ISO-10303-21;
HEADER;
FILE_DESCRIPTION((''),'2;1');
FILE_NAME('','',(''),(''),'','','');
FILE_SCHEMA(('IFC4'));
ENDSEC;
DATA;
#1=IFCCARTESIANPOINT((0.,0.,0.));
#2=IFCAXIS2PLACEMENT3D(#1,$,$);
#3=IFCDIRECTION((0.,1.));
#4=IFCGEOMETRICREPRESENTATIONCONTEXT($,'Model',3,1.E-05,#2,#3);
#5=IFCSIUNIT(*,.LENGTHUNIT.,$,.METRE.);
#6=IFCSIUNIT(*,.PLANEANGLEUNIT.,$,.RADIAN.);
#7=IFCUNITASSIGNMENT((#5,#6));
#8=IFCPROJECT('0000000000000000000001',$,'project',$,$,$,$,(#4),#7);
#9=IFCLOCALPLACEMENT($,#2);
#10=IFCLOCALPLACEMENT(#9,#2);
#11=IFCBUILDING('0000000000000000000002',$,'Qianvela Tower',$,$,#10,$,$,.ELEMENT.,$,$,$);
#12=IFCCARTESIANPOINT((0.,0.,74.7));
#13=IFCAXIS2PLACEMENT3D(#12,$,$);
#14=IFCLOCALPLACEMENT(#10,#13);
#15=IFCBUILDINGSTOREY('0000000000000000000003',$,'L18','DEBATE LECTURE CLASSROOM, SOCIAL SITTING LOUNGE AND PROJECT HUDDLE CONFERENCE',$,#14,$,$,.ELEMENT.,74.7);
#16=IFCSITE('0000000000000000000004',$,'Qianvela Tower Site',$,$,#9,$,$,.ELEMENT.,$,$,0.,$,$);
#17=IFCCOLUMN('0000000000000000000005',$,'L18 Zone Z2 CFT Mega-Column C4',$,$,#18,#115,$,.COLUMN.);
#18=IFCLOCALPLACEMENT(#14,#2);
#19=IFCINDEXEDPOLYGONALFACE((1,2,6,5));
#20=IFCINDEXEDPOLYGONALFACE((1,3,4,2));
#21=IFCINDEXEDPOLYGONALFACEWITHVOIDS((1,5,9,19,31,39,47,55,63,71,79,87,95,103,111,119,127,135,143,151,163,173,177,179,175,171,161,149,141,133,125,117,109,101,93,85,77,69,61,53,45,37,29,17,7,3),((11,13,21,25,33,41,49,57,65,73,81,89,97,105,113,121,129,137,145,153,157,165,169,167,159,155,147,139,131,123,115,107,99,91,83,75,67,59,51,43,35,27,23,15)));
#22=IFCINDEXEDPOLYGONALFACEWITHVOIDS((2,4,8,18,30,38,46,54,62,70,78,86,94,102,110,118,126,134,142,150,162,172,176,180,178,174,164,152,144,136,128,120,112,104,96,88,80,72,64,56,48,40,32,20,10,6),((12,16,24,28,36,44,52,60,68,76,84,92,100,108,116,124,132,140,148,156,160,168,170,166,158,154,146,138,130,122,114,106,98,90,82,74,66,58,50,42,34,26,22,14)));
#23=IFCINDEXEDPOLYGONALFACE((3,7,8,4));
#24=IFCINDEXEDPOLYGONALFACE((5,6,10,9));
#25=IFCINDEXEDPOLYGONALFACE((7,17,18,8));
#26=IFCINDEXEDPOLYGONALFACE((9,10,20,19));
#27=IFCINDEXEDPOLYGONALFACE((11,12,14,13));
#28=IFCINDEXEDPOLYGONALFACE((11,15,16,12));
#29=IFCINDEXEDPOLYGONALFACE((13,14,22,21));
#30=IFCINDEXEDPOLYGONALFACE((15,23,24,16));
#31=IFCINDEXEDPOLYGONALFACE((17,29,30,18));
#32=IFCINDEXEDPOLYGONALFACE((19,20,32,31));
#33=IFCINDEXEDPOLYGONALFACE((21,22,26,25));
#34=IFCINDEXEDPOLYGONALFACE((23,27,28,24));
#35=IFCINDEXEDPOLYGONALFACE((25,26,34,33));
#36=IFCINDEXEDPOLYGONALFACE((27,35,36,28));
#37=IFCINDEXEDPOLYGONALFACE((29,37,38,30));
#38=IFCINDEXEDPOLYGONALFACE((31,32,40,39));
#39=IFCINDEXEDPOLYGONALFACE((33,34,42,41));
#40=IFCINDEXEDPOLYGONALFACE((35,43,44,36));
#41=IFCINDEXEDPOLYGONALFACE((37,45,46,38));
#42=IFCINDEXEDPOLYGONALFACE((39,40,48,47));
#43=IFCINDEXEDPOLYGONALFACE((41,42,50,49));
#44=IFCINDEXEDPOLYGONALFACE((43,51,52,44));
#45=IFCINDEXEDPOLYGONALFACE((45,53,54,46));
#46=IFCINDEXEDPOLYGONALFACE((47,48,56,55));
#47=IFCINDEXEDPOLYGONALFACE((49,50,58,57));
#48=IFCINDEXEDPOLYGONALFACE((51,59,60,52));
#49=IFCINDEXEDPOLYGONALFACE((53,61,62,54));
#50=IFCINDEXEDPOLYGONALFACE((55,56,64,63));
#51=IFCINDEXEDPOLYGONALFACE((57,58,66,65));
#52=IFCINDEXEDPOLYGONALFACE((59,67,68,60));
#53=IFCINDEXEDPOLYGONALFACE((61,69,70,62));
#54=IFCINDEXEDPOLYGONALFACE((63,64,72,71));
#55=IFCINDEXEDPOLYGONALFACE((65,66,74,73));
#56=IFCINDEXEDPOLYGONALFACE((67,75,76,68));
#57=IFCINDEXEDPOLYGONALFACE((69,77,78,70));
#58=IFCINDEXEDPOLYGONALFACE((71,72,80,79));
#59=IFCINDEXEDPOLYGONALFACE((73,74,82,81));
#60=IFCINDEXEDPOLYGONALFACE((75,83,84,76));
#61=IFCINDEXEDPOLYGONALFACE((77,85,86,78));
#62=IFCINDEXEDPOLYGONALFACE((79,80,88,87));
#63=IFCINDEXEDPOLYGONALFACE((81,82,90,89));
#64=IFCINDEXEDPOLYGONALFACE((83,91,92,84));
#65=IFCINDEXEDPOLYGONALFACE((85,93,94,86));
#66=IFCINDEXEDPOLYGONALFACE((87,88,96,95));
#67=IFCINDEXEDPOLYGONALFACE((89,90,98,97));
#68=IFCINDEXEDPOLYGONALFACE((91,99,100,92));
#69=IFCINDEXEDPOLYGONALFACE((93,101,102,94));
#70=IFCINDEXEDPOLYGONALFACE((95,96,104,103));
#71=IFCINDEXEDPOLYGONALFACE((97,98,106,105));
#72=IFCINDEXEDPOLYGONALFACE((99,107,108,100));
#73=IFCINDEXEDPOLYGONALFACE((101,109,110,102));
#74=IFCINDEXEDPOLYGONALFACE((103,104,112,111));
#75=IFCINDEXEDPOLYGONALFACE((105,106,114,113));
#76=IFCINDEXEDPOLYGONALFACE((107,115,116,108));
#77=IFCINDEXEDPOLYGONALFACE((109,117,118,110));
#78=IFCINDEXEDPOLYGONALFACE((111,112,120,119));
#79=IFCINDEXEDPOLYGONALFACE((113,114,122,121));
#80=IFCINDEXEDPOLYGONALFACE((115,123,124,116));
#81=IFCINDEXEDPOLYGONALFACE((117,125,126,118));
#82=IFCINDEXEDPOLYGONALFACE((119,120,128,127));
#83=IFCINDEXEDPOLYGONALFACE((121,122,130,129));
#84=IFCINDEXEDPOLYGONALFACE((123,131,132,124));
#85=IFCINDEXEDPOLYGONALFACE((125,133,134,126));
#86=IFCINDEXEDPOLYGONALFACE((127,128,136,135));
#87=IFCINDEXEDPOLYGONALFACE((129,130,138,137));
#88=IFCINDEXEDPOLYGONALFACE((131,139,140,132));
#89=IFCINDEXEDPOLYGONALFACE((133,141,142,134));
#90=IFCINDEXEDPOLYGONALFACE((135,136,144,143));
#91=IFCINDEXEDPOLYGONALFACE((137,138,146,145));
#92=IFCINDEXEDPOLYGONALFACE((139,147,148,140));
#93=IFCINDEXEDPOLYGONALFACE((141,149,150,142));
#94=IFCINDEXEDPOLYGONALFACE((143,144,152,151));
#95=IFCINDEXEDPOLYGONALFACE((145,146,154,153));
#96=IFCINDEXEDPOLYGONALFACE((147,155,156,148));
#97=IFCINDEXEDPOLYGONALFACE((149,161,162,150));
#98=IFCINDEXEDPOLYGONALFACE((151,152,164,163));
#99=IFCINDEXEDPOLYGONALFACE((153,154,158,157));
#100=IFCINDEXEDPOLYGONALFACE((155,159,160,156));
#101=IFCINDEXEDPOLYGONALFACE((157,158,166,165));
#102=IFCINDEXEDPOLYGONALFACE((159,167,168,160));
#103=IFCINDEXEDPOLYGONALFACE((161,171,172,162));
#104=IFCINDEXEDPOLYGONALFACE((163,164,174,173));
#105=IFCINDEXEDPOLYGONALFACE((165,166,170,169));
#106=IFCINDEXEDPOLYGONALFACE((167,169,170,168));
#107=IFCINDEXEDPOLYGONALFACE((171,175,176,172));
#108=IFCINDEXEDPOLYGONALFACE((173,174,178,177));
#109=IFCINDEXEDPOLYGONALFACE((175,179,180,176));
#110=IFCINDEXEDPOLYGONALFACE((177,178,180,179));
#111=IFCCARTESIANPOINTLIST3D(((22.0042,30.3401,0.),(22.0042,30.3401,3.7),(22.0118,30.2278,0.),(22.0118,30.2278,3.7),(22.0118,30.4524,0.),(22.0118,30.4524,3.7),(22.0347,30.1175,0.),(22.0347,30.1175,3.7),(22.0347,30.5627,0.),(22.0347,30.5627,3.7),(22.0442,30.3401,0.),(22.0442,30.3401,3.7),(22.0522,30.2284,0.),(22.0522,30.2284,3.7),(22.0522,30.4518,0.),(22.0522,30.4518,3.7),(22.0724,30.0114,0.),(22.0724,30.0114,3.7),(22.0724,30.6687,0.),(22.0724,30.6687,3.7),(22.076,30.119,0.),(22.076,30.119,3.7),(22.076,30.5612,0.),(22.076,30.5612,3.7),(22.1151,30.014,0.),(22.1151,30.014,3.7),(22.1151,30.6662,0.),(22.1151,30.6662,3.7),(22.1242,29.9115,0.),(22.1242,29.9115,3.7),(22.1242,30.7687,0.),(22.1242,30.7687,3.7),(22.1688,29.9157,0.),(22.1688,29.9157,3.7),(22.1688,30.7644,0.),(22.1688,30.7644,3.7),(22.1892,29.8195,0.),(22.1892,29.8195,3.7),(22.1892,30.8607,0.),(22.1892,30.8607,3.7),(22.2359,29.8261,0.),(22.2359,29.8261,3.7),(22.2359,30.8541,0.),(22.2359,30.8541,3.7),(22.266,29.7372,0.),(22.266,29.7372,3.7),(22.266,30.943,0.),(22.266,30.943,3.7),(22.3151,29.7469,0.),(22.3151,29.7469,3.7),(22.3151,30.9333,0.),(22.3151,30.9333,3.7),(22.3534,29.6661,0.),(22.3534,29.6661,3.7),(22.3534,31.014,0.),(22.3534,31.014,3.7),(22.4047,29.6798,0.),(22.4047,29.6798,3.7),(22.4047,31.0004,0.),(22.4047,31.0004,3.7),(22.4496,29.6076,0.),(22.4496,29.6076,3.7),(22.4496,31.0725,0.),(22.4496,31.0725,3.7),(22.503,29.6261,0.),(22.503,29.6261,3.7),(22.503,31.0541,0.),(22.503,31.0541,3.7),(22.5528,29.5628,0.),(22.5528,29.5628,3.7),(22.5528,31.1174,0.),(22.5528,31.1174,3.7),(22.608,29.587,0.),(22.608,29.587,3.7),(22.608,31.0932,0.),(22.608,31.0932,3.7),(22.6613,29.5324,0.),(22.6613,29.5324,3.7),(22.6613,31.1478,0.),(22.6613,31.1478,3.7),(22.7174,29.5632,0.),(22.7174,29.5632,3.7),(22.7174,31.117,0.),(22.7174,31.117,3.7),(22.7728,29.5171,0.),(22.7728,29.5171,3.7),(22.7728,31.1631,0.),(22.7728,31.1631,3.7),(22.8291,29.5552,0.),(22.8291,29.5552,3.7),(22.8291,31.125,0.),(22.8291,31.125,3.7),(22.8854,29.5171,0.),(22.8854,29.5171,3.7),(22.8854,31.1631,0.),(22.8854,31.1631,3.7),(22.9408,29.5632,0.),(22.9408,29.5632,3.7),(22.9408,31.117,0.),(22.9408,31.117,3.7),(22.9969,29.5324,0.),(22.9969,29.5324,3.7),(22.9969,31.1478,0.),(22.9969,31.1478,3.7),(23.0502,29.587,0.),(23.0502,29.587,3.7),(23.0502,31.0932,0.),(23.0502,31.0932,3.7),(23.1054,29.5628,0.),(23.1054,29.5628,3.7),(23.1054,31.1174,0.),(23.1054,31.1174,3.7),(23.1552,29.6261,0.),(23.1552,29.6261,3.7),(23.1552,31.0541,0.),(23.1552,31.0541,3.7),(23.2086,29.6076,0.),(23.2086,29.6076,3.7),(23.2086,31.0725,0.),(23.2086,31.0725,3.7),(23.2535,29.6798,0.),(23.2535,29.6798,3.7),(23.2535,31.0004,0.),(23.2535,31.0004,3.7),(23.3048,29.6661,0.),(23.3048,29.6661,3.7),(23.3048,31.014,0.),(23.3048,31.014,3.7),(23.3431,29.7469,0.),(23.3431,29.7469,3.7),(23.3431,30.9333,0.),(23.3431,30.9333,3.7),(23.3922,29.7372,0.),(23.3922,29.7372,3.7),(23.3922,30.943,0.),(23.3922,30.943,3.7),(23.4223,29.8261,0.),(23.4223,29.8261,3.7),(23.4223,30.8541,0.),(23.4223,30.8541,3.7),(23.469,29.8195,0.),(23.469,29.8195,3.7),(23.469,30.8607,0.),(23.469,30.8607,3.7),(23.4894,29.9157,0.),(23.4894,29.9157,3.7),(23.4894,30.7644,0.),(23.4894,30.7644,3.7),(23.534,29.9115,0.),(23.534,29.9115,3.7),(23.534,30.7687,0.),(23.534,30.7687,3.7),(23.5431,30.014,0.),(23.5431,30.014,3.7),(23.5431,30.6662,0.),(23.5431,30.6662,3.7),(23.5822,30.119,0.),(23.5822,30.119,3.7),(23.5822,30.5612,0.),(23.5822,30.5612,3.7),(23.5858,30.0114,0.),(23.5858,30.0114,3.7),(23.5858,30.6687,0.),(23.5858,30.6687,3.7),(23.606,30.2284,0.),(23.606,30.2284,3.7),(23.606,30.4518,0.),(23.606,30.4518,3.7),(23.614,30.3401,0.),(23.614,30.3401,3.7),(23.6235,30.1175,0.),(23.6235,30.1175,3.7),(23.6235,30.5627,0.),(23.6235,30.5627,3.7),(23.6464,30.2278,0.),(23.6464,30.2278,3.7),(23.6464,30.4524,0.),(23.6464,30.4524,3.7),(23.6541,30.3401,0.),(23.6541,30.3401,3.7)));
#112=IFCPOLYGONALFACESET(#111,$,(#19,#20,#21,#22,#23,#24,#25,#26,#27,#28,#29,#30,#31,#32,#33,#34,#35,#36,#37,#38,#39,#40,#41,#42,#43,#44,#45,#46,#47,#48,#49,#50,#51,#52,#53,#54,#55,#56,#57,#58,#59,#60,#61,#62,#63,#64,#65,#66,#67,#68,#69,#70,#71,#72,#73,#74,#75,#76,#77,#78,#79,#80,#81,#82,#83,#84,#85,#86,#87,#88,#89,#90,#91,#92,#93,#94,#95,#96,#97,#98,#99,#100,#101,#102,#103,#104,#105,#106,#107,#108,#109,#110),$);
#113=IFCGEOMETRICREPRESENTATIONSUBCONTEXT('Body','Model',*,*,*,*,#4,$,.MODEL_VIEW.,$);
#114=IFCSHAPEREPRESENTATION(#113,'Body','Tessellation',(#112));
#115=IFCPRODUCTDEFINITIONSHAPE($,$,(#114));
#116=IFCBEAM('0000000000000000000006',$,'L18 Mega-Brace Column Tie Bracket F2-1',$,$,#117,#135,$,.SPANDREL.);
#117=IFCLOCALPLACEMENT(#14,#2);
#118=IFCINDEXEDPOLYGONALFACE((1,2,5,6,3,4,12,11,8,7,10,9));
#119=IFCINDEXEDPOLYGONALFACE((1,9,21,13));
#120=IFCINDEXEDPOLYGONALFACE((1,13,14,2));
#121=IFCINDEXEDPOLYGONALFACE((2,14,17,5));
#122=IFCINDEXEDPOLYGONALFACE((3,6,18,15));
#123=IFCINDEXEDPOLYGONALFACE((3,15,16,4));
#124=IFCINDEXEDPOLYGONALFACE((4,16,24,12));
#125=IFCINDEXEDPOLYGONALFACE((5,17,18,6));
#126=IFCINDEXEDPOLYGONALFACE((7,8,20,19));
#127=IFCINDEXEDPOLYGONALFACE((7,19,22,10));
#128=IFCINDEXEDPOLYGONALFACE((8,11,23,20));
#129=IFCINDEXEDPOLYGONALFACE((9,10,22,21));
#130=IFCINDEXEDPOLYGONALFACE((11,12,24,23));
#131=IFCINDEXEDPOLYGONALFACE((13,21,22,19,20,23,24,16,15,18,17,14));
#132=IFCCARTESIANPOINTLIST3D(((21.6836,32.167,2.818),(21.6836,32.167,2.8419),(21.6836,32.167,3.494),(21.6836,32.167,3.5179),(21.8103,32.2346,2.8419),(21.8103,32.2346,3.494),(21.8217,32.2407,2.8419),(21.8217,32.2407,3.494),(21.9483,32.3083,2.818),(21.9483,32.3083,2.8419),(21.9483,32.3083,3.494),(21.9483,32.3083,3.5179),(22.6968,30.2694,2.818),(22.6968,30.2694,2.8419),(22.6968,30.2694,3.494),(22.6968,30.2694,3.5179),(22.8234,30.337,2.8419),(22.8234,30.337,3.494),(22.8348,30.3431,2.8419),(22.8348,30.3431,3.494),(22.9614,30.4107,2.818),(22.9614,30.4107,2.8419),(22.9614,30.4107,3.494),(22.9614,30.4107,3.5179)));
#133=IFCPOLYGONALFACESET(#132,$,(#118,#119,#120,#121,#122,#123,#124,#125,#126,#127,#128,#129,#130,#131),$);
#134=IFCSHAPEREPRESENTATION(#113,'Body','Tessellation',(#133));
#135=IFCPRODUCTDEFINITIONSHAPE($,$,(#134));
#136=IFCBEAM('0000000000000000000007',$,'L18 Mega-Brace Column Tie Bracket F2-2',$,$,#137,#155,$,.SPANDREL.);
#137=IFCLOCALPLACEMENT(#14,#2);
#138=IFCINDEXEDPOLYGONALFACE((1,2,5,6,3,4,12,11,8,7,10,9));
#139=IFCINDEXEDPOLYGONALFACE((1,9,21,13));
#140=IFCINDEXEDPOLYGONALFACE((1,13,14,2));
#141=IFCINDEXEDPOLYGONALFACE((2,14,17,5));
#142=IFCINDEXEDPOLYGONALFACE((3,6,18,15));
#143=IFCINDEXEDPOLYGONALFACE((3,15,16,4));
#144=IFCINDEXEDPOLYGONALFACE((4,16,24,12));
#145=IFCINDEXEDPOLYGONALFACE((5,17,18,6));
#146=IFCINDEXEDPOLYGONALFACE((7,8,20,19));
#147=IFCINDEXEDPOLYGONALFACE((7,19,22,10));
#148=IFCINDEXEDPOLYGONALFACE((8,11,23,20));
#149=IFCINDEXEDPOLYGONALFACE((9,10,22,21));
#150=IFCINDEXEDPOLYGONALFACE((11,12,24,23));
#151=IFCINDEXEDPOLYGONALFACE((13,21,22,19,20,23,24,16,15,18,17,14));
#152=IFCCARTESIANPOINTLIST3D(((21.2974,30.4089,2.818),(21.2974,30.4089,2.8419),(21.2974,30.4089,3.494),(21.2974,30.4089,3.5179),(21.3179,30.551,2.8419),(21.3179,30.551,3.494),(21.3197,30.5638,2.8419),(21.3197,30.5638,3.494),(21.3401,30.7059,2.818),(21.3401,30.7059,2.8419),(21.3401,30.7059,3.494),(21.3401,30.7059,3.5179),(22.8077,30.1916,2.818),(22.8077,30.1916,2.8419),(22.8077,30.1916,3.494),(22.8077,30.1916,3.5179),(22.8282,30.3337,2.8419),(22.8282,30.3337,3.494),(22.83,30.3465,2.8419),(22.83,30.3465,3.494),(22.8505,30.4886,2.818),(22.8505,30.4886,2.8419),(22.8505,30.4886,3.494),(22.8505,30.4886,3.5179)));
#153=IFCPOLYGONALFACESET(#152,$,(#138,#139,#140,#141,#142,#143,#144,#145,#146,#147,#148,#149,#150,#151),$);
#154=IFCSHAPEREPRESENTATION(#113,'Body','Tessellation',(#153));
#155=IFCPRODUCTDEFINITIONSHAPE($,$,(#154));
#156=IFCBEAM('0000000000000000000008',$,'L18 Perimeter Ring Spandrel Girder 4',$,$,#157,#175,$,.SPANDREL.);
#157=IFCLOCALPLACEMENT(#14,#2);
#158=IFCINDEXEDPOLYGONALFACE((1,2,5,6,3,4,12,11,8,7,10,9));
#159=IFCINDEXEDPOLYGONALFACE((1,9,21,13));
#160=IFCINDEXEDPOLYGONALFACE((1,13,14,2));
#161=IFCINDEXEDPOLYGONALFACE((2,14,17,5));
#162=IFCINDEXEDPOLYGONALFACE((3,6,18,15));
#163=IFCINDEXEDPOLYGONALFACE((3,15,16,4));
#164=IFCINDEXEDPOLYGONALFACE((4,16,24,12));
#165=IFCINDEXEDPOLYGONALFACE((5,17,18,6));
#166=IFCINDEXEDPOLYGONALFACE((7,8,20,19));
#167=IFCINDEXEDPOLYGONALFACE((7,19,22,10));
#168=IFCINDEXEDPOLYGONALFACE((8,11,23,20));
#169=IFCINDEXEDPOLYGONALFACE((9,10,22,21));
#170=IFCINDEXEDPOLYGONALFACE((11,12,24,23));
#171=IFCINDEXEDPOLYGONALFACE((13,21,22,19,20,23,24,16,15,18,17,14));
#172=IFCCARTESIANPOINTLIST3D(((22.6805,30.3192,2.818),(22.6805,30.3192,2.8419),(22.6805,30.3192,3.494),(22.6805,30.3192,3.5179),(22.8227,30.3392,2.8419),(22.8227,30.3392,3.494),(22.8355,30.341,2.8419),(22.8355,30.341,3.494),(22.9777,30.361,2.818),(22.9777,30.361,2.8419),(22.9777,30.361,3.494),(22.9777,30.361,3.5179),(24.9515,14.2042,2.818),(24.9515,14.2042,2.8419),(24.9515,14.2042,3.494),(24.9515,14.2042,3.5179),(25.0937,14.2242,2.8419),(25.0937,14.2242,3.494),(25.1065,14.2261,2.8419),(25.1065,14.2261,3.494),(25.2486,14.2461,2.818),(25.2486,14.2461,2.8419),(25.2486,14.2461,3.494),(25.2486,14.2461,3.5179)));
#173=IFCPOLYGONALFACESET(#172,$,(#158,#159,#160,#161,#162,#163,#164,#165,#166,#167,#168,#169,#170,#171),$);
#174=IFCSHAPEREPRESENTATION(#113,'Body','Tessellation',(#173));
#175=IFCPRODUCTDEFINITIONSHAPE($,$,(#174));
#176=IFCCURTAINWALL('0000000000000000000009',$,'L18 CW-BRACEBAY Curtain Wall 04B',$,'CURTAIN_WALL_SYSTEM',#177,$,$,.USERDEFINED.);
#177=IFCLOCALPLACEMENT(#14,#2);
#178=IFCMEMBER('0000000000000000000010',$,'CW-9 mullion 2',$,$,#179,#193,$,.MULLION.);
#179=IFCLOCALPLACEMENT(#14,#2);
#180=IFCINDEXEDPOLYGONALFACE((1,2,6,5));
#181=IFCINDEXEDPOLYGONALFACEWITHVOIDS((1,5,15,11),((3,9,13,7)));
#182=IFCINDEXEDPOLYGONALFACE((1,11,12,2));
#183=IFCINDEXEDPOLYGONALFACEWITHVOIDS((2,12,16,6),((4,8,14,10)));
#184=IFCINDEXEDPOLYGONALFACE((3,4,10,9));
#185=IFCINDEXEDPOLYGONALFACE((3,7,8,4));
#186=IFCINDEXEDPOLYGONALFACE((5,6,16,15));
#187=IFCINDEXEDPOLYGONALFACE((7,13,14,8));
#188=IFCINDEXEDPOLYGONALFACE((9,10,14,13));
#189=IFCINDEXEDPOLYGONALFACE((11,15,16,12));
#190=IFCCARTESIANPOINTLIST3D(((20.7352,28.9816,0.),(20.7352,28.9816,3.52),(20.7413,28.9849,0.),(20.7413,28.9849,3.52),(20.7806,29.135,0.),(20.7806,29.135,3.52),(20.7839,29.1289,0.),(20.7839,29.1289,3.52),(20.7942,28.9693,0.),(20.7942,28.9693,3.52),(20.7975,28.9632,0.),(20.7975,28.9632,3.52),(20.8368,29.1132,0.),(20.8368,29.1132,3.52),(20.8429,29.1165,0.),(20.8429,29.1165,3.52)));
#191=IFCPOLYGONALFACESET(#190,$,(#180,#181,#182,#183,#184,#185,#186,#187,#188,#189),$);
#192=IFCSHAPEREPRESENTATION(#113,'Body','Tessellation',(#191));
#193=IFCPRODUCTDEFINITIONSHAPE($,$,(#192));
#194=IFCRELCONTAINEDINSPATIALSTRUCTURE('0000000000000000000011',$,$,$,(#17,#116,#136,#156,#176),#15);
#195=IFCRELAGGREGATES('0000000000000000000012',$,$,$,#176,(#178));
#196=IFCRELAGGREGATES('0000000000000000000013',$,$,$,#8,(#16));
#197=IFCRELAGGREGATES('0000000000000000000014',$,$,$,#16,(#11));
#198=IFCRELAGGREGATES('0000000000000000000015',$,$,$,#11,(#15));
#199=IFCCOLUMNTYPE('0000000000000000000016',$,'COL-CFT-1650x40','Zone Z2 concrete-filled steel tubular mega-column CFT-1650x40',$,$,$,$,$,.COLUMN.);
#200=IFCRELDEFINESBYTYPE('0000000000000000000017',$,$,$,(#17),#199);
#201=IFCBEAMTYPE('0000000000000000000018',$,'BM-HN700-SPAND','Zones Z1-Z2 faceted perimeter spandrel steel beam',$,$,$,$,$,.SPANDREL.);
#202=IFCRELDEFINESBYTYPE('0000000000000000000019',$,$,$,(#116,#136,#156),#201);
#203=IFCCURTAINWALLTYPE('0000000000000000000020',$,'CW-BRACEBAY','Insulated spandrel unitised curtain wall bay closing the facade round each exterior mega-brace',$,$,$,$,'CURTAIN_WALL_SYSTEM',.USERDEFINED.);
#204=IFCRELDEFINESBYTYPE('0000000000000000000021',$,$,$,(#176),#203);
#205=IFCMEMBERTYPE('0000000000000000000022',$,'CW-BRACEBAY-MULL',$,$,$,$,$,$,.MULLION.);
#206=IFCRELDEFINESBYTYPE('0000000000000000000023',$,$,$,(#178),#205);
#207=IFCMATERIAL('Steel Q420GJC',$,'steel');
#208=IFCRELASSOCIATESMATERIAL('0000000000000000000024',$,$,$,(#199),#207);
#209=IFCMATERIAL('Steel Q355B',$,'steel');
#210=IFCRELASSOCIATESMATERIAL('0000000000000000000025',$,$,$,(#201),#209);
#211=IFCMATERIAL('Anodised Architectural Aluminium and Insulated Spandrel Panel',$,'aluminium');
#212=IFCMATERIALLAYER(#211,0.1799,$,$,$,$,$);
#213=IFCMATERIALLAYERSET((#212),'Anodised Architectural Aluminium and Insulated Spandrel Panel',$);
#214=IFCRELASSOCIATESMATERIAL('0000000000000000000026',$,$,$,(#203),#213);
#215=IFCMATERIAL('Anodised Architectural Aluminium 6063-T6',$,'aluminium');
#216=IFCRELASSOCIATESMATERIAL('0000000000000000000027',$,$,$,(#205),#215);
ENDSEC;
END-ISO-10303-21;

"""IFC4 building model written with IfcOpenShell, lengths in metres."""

from ifc_helpers import new_model, si_unit, direction, frame, origin, origin_2d, place, context, subcontext, project, spatial, hollow_rectangle, hollow_circle, i_section, extrude, material, layer, layer_set, material_profile, profile_set, type_object, element, aggregate, save


model = new_model("IFC4")

# Units and contexts
model_context = context("Model", 3, precision=1e-05, world=origin(), true_north=direction((0.0, 1.0)))
body_context = subcontext(model_context, "Body", "Model", "MODEL_VIEW")
ifc_project = project(units=[si_unit("LENGTHUNIT", "METRE"), si_unit("PLANEANGLEUNIT", "RADIAN")], contexts=[model_context])

# Site, building, storey
site_placement = place(None, origin())
site = spatial("IfcSite", under=ifc_project, at=site_placement, Name="Qianvela Tower Site", CompositionType="ELEMENT", RefElevation=0.0)
building_placement = place(site_placement, origin())
building = spatial("IfcBuilding", under=site, at=building_placement, Name="Qianvela Tower", CompositionType="ELEMENT")
storey_placement = place(building_placement, frame((0.0, 0.0, 74.7)))
storey = spatial("IfcBuildingStorey", under=building, at=storey_placement, Name="L18", Description="DEBATE LECTURE CLASSROOM, SOCIAL SITTING LOUNGE AND PROJECT HUDDLE CONFERENCE", CompositionType="ELEMENT", Elevation=74.7)

# Column
ifc_material_1 = material(Name="Steel Q420GJC", Category="steel")
ifc_material_profile_1 = material_profile(ifc_material_1, hollow_circle(Radius=0.825, WallThickness=0.04, at=origin_2d()), Name="CFT-1650x40")
ifc_profile_set_1 = profile_set([ifc_material_profile_1], Name="Steel Q420GJC")
column_type = type_object("IfcColumnType", Name="COL-CFT-1650x40", Description="Zone Z2 concrete-filled steel tubular mega-column CFT-1650x40", PredefinedType="COLUMN", material=ifc_profile_set_1)
column_placement = place(storey_placement, frame((22.8291, 30.3401, 0.0), z_axis=(0.0, 0.0, 1.0), x_axis=(1.0, 0.0, 0.0)))
element("IfcColumn", 1, at=column_placement, inside=storey, type_object=column_type, Name="L18 Zone Z2 CFT Mega-Column C4", PredefinedType="COLUMN", context=body_context, shape_type="SweptSolid", body=[
    extrude(hollow_circle(Radius=0.825, WallThickness=0.04, at=origin_2d()), origin(), (0.0, 0.0, 1.0), 3.7),
])

# Beams
ifc_material_2 = material(Name="Steel Q355B", Category="steel")
ifc_material_profile_2 = material_profile(ifc_material_2, i_section(OverallWidth=0.3, OverallDepth=0.7, WebThickness=0.0129, FlangeThickness=0.0239, at=origin_2d()), Name="HN700x300x13x24")
ifc_profile_set_2 = profile_set([ifc_material_profile_2], Name="Steel Q355B")
beam_type = type_object("IfcBeamType", Name="BM-HN700-SPAND", Description="Zones Z1-Z2 faceted perimeter spandrel steel beam", PredefinedType="SPANDREL", material=ifc_profile_set_2)
beam_1_placement = place(storey_placement, frame((22.8291, 30.3401, 3.168), z_axis=(-0.470977, 0.882146, 0.0), x_axis=(-0.882146, -0.470977, 0.0)))
element("IfcBeam", 2, at=beam_1_placement, inside=storey, type_object=beam_type, Name="L18 Mega-Brace Column Tie Bracket F2-1", PredefinedType="SPANDREL", context=body_context, shape_type="SweptSolid", body=[
    extrude(i_section(OverallWidth=0.3, OverallDepth=0.7, WebThickness=0.0129, FlangeThickness=0.0239, at=origin_2d()), origin(), (0.0, 0.0, 1.0), 2.1511),
])
beam_2_placement = place(storey_placement, frame((22.8291, 30.3401, 3.168), z_axis=(-0.989808, 0.142407, 0.0), x_axis=(-0.142407, -0.989808, 0.0)))
element("IfcBeam", 3, at=beam_2_placement, inside=storey, type_object=beam_type, Name="L18 Mega-Brace Column Tie Bracket F2-2", PredefinedType="SPANDREL", context=body_context, shape_type="SweptSolid", body=[
    extrude(i_section(OverallWidth=0.3, OverallDepth=0.7, WebThickness=0.0129, FlangeThickness=0.0239, at=origin_2d()), origin(), (0.0, 0.0, 1.0), 1.5259),
])
beam_3_placement = place(storey_placement, frame((22.8291, 30.3401, 3.168), z_axis=(0.139546, -0.990216, 0.0), x_axis=(0.990216, 0.139546, 0.0)))
element("IfcBeam", 4, at=beam_3_placement, inside=storey, type_object=beam_type, Name="L18 Perimeter Ring Spandrel Girder 4", PredefinedType="SPANDREL", context=body_context, shape_type="SweptSolid", body=[
    extrude(i_section(OverallWidth=0.3, OverallDepth=0.7, WebThickness=0.0129, FlangeThickness=0.0239, at=origin_2d()), origin(), (0.0, 0.0, 1.0), 16.2742),
])

# Curtain wall, member
ifc_material_3 = material(Name="Anodised Architectural Aluminium and Insulated Spandrel Panel", Category="aluminium")
ifc_layer_1 = layer(ifc_material_3, 0.1799)
ifc_layer_set_1 = layer_set([ifc_layer_1], Name="Anodised Architectural Aluminium and Insulated Spandrel Panel")
curtain_wall_type_1 = type_object("IfcCurtainWallType", Name="CW-BRACEBAY", Description="Insulated spandrel unitised curtain wall bay closing the facade round each exterior mega-brace", ElementType="CURTAIN_WALL_SYSTEM", PredefinedType="USERDEFINED", material=ifc_layer_set_1)
curtain_wall_1_placement = place(storey_placement, origin())
curtain_wall_1 = element("IfcCurtainWall", 5, at=curtain_wall_1_placement, inside=storey, type_object=curtain_wall_type_1, Name="L18 CW-BRACEBAY Curtain Wall 04B", ObjectType="CURTAIN_WALL_SYSTEM", PredefinedType="USERDEFINED")
ifc_material_4 = material(Name="Anodised Architectural Aluminium 6063-T6", Category="aluminium")
ifc_material_profile_3 = material_profile(ifc_material_4, hollow_rectangle(XDim=0.0649, YDim=0.1599, WallThickness=0.0049, at=origin_2d()), Name="ALU-MULL-65x160")
ifc_profile_set_3 = profile_set([ifc_material_profile_3], Name="Anodised Architectural Aluminium 6063-T6")
member_type_1 = type_object("IfcMemberType", Name="CW-BRACEBAY-MULL", PredefinedType="MULLION", material=ifc_profile_set_3)
member_1_placement = place(storey_placement, frame((20.7891, 29.0491, 0.0), z_axis=(0.0, 0.0, 1.0), x_axis=(0.958919, -0.283681, 0.0)))
member_1 = element("IfcMember", 6, at=member_1_placement, type_object=member_type_1, Name="CW-9 mullion 2", PredefinedType="MULLION", context=body_context, shape_type="SweptSolid", body=[
    extrude(hollow_rectangle(XDim=0.0649, YDim=0.1599, WallThickness=0.0049, at=origin_2d()), origin(), (0.0, 0.0, 1.0), 3.52),
])

aggregate(curtain_wall_1, [member_1])

save(model, "model.ifc")
